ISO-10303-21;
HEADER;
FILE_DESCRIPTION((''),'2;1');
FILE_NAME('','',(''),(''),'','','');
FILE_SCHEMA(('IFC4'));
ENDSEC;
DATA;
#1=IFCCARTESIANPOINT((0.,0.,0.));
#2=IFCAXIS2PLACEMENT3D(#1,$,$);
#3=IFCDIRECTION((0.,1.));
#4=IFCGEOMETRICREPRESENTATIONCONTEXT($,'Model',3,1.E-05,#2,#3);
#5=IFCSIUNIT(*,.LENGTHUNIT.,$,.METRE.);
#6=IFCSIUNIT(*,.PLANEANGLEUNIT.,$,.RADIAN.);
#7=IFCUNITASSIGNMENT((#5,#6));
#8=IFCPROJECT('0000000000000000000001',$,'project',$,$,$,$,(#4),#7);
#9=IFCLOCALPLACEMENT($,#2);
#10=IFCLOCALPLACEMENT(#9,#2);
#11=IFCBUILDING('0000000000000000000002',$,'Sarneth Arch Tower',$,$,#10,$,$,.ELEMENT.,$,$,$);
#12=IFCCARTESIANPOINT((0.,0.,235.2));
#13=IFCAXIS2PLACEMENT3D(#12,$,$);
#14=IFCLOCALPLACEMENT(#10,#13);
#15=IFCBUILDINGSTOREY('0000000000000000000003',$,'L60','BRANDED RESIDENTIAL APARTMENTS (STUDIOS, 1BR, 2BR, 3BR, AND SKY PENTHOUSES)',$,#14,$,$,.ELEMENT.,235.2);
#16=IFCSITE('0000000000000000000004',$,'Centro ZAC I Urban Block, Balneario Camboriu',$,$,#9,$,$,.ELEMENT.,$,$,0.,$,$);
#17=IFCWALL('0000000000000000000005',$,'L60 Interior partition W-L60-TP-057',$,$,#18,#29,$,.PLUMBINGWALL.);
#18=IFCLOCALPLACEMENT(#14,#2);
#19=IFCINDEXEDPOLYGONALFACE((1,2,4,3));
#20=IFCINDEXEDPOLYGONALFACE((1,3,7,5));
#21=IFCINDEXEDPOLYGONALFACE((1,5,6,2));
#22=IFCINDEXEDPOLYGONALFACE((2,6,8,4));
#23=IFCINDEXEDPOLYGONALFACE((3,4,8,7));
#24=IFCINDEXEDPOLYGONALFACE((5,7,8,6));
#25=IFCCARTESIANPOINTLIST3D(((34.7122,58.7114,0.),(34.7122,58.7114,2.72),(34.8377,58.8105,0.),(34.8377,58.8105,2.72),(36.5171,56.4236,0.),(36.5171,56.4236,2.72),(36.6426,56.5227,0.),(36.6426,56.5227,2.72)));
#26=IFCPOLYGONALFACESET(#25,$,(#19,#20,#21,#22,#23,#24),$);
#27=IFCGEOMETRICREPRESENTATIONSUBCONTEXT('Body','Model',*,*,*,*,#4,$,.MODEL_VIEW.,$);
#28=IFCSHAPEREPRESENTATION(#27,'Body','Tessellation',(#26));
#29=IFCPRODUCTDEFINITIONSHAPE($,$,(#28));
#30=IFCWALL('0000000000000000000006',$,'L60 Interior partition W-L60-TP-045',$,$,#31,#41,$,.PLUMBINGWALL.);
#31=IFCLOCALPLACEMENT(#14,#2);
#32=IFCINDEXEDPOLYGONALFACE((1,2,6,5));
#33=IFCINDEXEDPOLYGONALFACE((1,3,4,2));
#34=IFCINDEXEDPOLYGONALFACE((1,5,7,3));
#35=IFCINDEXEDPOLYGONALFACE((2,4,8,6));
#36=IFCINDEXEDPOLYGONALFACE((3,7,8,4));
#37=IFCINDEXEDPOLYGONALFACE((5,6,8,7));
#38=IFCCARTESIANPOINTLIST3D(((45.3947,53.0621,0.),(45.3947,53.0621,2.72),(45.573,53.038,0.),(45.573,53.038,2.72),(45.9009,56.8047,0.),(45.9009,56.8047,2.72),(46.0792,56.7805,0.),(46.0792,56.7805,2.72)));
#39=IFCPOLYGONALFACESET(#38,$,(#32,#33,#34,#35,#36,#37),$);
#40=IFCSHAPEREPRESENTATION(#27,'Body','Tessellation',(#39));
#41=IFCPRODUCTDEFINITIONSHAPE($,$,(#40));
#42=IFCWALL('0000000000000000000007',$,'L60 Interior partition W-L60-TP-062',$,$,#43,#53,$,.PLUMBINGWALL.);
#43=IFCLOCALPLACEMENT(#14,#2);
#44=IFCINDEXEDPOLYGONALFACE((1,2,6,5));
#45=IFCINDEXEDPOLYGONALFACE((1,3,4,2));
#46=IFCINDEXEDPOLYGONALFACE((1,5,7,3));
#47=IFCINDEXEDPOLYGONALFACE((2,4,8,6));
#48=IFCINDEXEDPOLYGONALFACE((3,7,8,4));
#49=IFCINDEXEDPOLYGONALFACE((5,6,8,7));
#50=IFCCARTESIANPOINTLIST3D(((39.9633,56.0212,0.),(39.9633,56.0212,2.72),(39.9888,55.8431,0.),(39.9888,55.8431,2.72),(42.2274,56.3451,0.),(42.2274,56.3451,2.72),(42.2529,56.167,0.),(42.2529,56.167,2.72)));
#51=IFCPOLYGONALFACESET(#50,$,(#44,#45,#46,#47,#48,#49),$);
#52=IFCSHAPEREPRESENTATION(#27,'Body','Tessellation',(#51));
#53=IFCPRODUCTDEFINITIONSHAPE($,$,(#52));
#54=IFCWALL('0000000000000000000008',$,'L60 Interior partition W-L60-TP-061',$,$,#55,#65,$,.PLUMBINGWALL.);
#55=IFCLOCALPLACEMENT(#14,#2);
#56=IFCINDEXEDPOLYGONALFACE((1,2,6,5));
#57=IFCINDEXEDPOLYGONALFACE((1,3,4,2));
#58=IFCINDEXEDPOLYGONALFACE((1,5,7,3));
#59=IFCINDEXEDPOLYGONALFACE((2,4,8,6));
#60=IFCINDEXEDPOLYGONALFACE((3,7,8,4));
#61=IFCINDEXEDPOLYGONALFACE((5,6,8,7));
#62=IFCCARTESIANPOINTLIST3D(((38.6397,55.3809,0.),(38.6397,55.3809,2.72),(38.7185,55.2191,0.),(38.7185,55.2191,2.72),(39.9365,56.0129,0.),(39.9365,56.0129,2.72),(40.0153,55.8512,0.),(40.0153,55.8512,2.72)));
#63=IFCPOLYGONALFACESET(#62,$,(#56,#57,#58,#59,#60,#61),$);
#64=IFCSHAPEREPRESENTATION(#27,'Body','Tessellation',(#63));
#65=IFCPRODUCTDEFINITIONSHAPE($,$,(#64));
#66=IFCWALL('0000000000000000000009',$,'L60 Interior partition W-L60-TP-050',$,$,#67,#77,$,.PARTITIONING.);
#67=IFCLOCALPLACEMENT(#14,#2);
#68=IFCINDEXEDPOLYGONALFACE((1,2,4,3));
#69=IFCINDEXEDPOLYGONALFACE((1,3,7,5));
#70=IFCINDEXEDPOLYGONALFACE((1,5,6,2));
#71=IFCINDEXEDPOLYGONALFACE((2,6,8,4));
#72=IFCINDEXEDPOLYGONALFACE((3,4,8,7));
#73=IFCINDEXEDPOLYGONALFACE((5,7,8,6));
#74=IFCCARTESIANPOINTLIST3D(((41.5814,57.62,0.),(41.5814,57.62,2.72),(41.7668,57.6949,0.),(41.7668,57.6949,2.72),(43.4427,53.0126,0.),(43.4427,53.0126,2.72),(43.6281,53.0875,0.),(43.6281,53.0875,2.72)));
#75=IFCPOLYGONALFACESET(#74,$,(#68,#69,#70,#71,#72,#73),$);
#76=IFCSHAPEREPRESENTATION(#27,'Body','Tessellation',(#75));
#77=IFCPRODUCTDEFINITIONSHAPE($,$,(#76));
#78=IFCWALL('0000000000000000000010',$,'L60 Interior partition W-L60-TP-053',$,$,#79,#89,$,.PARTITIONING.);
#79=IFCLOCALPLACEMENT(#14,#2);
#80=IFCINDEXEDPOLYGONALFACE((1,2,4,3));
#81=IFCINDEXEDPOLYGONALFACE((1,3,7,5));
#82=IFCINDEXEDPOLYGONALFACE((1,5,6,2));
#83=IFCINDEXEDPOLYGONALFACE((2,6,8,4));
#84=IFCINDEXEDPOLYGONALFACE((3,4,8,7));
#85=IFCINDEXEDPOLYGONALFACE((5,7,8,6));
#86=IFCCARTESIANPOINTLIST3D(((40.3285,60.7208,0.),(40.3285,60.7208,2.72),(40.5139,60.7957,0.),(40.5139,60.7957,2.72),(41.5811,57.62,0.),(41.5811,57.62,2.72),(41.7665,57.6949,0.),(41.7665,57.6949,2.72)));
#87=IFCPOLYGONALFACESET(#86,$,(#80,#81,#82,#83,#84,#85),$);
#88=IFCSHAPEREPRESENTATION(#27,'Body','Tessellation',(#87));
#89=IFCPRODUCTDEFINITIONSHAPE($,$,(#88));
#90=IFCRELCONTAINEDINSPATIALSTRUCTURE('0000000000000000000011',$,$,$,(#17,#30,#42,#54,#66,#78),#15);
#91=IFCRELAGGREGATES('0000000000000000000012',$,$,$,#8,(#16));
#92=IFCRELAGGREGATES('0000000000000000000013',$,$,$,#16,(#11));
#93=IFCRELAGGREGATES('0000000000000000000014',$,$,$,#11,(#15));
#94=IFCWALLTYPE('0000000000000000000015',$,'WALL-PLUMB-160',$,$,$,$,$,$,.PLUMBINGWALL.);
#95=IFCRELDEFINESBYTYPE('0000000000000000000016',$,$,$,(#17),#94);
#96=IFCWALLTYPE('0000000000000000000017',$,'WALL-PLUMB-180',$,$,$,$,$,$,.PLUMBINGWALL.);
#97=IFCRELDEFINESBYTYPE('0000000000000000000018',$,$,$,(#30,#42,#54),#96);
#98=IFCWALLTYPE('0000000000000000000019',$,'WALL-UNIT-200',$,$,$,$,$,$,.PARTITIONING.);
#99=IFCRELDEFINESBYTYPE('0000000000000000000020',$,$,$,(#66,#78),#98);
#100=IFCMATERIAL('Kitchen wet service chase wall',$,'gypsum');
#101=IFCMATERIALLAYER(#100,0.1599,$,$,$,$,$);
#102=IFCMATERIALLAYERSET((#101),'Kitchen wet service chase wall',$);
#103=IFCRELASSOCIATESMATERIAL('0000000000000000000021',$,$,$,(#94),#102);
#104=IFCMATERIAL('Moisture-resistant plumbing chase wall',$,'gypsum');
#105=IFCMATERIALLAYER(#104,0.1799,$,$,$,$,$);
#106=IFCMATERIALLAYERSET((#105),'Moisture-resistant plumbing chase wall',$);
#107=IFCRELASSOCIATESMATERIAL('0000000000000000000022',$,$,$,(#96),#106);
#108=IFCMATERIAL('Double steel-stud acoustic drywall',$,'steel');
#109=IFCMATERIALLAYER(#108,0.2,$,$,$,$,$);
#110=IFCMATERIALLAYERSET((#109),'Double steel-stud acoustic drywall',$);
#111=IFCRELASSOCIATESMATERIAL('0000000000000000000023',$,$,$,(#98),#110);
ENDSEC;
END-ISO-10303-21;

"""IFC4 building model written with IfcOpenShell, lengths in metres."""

from ifc_helpers import new_model, si_unit, direction, frame, frame_2d, origin, place, context, subcontext, project, spatial, rectangle, extrude, material, layer, layer_set, type_object, element, save


model = new_model("IFC4")

# Units and contexts
model_context = context("Model", 3, precision=1e-05, world=origin(), true_north=direction((0.0, 1.0)))
body_context = subcontext(model_context, "Body", "Model", "MODEL_VIEW")
ifc_project = project(units=[si_unit("LENGTHUNIT", "METRE"), si_unit("PLANEANGLEUNIT", "RADIAN")], contexts=[model_context])

# Site, building, storey
site_placement = place(None, origin())
site = spatial("IfcSite", under=ifc_project, at=site_placement, Name="Centro ZAC I Urban Block, Balneario Camboriu", CompositionType="ELEMENT", RefElevation=0.0)
building_placement = place(site_placement, origin())
building = spatial("IfcBuilding", under=site, at=building_placement, Name="Sarneth Arch Tower", CompositionType="ELEMENT")
storey_placement = place(building_placement, frame((0.0, 0.0, 235.2)))
storey = spatial("IfcBuildingStorey", under=building, at=storey_placement, Name="L60", Description="BRANDED RESIDENTIAL APARTMENTS (STUDIOS, 1BR, 2BR, 3BR, AND SKY PENTHOUSES)", CompositionType="ELEMENT", Elevation=235.2)

# Walls
ifc_material_1 = material(Name="Kitchen wet service chase wall", Category="gypsum")
ifc_layer_1 = layer(ifc_material_1, 0.1599)
ifc_layer_set_1 = layer_set([ifc_layer_1], Name="Kitchen wet service chase wall")
wall_type_1 = type_object("IfcWallType", Name="WALL-PLUMB-160", PredefinedType="PLUMBINGWALL", material=ifc_layer_set_1)
wall_1_placement = place(storey_placement, frame((36.5798, 56.4731, 0.0), z_axis=(0.0, 0.0, 1.0), x_axis=(-0.619378, 0.785093, 0.0)))
element("IfcWall", 1, at=wall_1_placement, inside=storey, type_object=wall_type_1, Name="L60 Interior partition W-L60-TP-057", PredefinedType="PLUMBINGWALL", context=body_context, shape_type="SweptSolid", body=[
    extrude(rectangle(XDim=2.9141, YDim=0.1599, at=frame_2d((1.457, 0.0))), origin(), (0.0, 0.0, 1.0), 2.72),
])
ifc_material_2 = material(Name="Moisture-resistant plumbing chase wall", Category="gypsum")
ifc_layer_2 = layer(ifc_material_2, 0.1799)
ifc_layer_set_2 = layer_set([ifc_layer_2], Name="Moisture-resistant plumbing chase wall")
wall_type_2 = type_object("IfcWallType", Name="WALL-PLUMB-180", PredefinedType="PLUMBINGWALL", material=ifc_layer_set_2)
wall_2_placement = place(storey_placement, frame((45.99, 56.7925, 0.0), z_axis=(0.0, 0.0, 1.0), x_axis=(-0.134014, -0.990979, 0.0)))
element("IfcWall", 2, at=wall_2_placement, inside=storey, type_object=wall_type_2, Name="L60 Interior partition W-L60-TP-045", PredefinedType="PLUMBINGWALL", context=body_context, shape_type="SweptSolid", body=[
    extrude(rectangle(XDim=3.7766, YDim=0.1799, at=frame_2d((1.8882, 0.0))), origin(), (0.0, 0.0, 1.0), 2.72),
])
wall_3_placement = place(storey_placement, frame((39.9761, 55.9321, 0.0), z_axis=(0.0, 0.0, 1.0), x_axis=(0.989917, 0.141646, 0.0)))
element("IfcWall", 3, at=wall_3_placement, inside=storey, type_object=wall_type_2, Name="L60 Interior partition W-L60-TP-062", PredefinedType="PLUMBINGWALL", context=body_context, shape_type="SweptSolid", body=[
    extrude(rectangle(XDim=2.2871, YDim=0.1799, at=frame_2d((1.1436, 0.0))), origin(), (0.0, 0.0, 1.0), 2.72),
])
wall_4_placement = place(storey_placement, frame((38.6792, 55.3, 0.0), z_axis=(0.0, 0.0, 1.0), x_axis=(0.898916, 0.43812, 0.0)))
element("IfcWall", 4, at=wall_4_placement, inside=storey, type_object=wall_type_2, Name="L60 Interior partition W-L60-TP-061", PredefinedType="PLUMBINGWALL", context=body_context, shape_type="SweptSolid", body=[
    extrude(rectangle(XDim=1.4426, YDim=0.1799, at=frame_2d((0.7212, 0.0))), origin(), (0.0, 0.0, 1.0), 2.72),
])
ifc_material_3 = material(Name="Double steel-stud acoustic drywall", Category="steel")
ifc_layer_3 = layer(ifc_material_3, 0.2)
ifc_layer_set_3 = layer_set([ifc_layer_3], Name="Double steel-stud acoustic drywall")
wall_type_3 = type_object("IfcWallType", Name="WALL-UNIT-200", PredefinedType="PARTITIONING", material=ifc_layer_set_3)
wall_5_placement = place(storey_placement, frame((41.6741, 57.6575, 0.0), z_axis=(0.0, 0.0, 1.0), x_axis=(0.374574, -0.927197, 0.0)))
element("IfcWall", 5, at=wall_5_placement, inside=storey, type_object=wall_type_3, Name="L60 Interior partition W-L60-TP-050", PredefinedType="PARTITIONING", context=body_context, shape_type="SweptSolid", body=[
    extrude(rectangle(XDim=4.9692, YDim=0.2, at=frame_2d((2.4846, 0.0))), origin(), (0.0, 0.0, 1.0), 2.72),
])
wall_6_placement = place(storey_placement, frame((41.6738, 57.6575, 0.0), z_axis=(0.0, 0.0, 1.0), x_axis=(-0.374573, 0.927197, 0.0)))
element("IfcWall", 6, at=wall_6_placement, inside=storey, type_object=wall_type_3, Name="L60 Interior partition W-L60-TP-053", PredefinedType="PARTITIONING", context=body_context, shape_type="SweptSolid", body=[
    extrude(rectangle(XDim=3.3442, YDim=0.2, at=frame_2d((1.6721, 0.0))), origin(), (0.0, 0.0, 1.0), 2.72),
])

save(model, "model.ifc")
